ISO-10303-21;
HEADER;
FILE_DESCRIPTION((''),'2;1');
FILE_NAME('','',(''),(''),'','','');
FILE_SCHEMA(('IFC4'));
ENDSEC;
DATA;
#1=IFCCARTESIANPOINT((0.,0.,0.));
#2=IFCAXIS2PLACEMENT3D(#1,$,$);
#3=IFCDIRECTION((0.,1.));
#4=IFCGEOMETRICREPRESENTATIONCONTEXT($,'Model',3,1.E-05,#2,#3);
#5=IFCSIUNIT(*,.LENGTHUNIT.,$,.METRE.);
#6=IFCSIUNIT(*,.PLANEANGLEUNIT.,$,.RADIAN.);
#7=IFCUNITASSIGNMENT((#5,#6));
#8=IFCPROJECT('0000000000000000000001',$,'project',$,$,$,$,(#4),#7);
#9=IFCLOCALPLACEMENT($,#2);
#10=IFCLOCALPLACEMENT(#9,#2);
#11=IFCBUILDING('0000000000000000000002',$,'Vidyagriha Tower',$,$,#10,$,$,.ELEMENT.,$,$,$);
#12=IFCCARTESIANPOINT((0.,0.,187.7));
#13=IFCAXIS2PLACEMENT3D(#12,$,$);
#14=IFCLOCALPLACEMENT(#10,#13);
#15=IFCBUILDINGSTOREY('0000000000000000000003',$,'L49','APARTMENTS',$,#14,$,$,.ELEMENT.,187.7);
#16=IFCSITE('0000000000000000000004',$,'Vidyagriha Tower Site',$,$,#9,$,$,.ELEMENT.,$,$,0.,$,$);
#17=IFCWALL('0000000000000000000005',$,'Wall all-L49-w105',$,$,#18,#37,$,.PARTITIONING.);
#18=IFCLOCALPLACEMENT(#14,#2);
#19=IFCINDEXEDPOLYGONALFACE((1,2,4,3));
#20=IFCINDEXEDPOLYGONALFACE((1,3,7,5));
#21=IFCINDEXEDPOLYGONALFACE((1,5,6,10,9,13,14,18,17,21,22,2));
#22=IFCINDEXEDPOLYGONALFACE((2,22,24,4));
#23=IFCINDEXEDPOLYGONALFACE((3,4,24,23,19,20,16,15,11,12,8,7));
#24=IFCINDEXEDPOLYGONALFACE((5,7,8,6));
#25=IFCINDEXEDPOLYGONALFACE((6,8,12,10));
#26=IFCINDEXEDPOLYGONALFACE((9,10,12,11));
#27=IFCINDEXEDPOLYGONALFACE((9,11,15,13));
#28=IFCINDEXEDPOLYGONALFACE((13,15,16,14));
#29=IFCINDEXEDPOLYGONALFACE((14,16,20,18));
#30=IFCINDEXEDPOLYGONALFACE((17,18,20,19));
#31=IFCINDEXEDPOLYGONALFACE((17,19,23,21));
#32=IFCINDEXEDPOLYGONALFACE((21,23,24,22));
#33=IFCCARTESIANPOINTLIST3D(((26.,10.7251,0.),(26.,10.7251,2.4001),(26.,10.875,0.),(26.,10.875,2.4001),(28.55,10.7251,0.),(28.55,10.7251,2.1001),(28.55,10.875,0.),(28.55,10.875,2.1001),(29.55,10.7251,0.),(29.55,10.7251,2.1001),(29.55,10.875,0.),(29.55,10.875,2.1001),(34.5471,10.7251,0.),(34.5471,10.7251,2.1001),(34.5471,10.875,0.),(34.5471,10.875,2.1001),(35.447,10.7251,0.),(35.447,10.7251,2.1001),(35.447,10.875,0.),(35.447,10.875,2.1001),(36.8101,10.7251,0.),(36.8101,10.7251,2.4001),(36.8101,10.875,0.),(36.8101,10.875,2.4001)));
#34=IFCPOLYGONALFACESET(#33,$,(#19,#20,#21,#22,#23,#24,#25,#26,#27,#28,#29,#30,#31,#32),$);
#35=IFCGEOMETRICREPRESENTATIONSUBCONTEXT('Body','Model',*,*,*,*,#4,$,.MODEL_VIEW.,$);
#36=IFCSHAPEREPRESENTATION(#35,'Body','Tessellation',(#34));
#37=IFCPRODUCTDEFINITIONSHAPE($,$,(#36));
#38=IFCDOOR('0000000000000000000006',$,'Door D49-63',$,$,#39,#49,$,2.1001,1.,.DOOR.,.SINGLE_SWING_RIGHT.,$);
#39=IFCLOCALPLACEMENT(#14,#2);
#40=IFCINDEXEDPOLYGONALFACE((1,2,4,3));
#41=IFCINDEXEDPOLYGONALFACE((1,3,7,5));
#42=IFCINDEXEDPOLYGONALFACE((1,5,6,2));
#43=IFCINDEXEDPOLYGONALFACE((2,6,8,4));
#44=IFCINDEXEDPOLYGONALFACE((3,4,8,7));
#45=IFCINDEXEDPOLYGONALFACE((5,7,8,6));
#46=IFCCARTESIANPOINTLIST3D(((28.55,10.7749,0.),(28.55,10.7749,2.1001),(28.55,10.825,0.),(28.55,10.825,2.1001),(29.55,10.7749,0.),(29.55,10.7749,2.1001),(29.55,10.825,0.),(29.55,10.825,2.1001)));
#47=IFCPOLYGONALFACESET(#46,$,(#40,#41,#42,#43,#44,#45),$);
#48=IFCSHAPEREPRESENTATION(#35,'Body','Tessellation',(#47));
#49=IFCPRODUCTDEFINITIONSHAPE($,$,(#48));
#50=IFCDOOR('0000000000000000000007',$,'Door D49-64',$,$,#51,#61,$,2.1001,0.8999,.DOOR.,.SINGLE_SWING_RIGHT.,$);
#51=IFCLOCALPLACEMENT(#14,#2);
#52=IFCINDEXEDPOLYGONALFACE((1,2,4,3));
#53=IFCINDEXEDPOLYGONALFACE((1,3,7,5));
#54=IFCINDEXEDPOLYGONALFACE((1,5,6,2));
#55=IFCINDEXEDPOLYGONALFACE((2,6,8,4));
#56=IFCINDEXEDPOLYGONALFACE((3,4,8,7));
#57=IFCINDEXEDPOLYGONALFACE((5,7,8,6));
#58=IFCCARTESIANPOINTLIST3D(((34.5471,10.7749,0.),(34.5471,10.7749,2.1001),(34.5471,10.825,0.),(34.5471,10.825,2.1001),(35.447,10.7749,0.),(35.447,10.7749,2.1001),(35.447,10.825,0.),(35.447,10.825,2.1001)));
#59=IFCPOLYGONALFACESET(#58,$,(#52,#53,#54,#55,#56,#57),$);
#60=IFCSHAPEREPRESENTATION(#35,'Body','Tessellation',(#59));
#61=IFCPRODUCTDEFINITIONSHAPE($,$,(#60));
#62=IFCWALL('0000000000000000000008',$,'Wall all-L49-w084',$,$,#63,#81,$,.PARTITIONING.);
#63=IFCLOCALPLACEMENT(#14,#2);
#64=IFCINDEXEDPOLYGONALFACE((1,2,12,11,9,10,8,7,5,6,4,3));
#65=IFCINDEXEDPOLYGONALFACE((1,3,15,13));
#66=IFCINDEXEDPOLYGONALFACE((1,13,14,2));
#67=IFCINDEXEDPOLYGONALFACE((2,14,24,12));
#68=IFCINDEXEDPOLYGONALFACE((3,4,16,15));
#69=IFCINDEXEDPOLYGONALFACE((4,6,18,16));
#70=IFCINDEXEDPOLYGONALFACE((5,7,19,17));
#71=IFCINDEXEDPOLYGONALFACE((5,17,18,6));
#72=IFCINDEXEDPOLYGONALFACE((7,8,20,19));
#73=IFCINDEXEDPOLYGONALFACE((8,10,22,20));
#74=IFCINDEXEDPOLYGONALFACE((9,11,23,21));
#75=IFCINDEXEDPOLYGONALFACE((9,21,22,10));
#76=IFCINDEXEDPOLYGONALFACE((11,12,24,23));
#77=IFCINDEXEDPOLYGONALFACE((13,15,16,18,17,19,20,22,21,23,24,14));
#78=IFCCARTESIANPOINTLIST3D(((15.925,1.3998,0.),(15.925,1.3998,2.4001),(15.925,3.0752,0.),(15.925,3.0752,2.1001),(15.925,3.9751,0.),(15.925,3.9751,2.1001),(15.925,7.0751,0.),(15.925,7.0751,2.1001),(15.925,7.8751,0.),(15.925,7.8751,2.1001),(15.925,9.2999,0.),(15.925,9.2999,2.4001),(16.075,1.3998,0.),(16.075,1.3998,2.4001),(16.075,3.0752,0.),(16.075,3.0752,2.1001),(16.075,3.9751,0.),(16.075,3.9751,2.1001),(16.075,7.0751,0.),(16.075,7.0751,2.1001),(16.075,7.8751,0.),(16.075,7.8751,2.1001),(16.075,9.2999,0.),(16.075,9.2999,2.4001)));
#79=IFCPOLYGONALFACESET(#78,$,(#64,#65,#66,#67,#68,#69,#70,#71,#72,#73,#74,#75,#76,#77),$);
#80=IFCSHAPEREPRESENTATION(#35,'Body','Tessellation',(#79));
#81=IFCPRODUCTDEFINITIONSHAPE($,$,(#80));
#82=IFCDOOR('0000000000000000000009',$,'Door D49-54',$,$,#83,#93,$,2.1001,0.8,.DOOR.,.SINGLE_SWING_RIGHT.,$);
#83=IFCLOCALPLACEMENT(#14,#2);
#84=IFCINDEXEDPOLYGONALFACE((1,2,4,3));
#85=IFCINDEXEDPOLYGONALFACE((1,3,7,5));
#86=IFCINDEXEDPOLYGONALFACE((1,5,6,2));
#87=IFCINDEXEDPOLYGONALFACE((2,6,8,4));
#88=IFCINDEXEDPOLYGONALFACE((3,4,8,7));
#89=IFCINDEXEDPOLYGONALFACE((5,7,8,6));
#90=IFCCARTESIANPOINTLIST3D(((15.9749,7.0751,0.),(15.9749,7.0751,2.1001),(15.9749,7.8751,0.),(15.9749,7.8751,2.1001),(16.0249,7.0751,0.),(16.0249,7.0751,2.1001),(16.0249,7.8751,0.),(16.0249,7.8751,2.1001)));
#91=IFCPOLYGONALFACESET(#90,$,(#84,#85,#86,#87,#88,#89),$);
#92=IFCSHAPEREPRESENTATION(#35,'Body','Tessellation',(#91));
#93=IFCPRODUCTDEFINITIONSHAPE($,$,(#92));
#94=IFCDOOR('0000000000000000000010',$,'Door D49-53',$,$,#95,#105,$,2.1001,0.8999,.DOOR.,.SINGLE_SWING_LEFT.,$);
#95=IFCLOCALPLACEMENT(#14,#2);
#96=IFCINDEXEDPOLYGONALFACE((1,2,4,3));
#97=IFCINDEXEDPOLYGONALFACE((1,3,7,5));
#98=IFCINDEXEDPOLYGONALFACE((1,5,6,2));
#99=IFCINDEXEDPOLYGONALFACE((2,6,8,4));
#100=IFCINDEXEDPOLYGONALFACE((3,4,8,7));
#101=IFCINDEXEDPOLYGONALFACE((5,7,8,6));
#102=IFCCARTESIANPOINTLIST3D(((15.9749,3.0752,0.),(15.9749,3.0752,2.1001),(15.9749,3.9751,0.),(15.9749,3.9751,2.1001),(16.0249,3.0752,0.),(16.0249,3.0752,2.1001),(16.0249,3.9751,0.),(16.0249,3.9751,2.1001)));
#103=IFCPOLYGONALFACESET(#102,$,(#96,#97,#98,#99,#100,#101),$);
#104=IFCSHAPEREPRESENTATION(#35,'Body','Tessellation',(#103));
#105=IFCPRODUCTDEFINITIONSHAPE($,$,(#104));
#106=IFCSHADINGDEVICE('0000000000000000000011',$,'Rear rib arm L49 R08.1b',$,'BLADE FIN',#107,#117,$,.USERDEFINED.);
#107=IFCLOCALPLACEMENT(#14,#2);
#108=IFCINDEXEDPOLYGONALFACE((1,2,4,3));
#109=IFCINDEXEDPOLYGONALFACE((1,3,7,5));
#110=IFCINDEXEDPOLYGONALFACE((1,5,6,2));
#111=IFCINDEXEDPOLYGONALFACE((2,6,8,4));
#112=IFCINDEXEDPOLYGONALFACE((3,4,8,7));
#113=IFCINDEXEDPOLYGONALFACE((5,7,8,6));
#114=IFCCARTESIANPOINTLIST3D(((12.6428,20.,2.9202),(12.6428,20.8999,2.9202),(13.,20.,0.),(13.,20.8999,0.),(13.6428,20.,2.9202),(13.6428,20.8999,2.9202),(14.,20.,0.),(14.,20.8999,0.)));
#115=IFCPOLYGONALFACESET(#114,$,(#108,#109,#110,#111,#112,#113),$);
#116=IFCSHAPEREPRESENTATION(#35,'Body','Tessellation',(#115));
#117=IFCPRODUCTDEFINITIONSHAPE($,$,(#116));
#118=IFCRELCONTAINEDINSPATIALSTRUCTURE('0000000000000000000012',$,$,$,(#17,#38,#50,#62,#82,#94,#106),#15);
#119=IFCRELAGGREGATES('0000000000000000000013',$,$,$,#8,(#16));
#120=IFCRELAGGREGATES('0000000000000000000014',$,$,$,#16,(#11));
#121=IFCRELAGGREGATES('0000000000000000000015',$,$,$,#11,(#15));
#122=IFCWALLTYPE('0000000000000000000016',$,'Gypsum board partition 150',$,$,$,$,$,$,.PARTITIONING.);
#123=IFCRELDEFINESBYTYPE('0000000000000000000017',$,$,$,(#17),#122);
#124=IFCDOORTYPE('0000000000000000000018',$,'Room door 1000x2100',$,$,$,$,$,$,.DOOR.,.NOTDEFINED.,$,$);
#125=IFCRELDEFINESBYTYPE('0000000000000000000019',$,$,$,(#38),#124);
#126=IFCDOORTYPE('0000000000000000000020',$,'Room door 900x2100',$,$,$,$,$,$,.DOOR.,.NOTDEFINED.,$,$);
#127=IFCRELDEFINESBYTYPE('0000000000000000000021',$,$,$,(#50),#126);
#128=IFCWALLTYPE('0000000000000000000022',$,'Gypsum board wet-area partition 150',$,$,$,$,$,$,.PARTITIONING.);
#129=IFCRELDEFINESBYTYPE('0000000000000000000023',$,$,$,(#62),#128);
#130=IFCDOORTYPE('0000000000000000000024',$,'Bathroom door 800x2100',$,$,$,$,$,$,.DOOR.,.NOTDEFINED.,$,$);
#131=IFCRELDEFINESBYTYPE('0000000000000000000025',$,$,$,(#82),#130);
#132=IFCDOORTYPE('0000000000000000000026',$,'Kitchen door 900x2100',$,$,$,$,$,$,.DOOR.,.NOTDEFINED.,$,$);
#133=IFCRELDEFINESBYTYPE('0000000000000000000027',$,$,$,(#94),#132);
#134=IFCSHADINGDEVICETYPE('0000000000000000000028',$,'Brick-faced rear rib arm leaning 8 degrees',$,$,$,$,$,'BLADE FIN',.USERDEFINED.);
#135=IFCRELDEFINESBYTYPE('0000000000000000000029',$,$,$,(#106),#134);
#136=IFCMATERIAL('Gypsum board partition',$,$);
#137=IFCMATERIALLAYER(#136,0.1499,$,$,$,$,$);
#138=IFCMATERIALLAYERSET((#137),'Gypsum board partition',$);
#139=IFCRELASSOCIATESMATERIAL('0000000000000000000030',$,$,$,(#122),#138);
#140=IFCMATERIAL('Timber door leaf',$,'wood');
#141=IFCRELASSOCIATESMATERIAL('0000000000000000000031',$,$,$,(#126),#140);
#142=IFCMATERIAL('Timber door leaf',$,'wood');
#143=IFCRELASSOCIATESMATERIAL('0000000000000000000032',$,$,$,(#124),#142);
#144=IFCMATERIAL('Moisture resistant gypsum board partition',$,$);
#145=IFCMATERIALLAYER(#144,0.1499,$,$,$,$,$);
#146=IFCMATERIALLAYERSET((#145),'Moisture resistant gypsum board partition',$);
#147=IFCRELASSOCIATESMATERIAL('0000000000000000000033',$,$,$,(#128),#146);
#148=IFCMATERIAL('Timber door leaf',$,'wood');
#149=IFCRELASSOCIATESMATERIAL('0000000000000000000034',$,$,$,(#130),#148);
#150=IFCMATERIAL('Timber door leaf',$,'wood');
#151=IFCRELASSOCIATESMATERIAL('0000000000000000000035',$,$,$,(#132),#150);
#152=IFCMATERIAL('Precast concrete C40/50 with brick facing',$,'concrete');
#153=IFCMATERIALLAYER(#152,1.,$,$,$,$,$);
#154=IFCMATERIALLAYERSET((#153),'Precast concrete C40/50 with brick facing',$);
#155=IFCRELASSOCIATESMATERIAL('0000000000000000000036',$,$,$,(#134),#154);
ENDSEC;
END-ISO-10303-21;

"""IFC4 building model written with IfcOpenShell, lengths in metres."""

from ifc_helpers import new_model, si_unit, direction, frame, frame_2d, origin, place, context, subcontext, project, spatial, polyline, rectangle, outline, extrude, material, layer, layer_set, type_object, element, fill, save


model = new_model("IFC4")

# Units and contexts
model_context = context("Model", 3, precision=1e-05, world=origin(), true_north=direction((0.0, 1.0)))
body_context = subcontext(model_context, "Body", "Model", "MODEL_VIEW")
ifc_project = project(units=[si_unit("LENGTHUNIT", "METRE"), si_unit("PLANEANGLEUNIT", "RADIAN")], contexts=[model_context])

# Site, building, storey
site_placement = place(None, origin())
site = spatial("IfcSite", under=ifc_project, at=site_placement, Name="Vidyagriha Tower Site", CompositionType="ELEMENT", RefElevation=0.0)
building_placement = place(site_placement, origin())
building = spatial("IfcBuilding", under=site, at=building_placement, Name="Vidyagriha Tower", CompositionType="ELEMENT")
storey_placement = place(building_placement, frame((0.0, 0.0, 187.7)))
storey = spatial("IfcBuildingStorey", under=building, at=storey_placement, Name="L49", Description="APARTMENTS", CompositionType="ELEMENT", Elevation=187.7)

# Shared definitions
ifc_material_1 = material(Name="Gypsum board partition")
ifc_layer_1 = layer(ifc_material_1, 0.1499)
ifc_layer_set_1 = layer_set([ifc_layer_1], Name="Gypsum board partition")
wall_type_1 = type_object("IfcWallType", Name="Gypsum board partition 150", PredefinedType="PARTITIONING", material=ifc_layer_set_1)

# Shared definitions
ifc_material_2 = material(Name="Timber door leaf", Category="wood")
door_type_1 = type_object("IfcDoorType", Name="Room door 900x2100", OperationType="NOTDEFINED", PredefinedType="DOOR", material=ifc_material_2)
ifc_material_3 = material(Name="Timber door leaf", Category="wood")
door_type_2 = type_object("IfcDoorType", Name="Room door 1000x2100", OperationType="NOTDEFINED", PredefinedType="DOOR", material=ifc_material_3)

# Walls, openings, doors
wall_1_placement = place(storey_placement, frame((26.0, 10.8, 0.0)))
wall_1 = element("IfcWall", 1, at=wall_1_placement, inside=storey, type_object=wall_type_1, Name="Wall all-L49-w105", PredefinedType="PARTITIONING", context=body_context, shape_type="SweptSolid", body=[
    extrude(rectangle(XDim=10.8101, YDim=0.1499, at=frame_2d((5.405, 0.0))), origin(), (0.0, 0.0, 1.0), 2.4001),
])
opening_1_placement = place(wall_1_placement, frame((2.55, 0.0, 0.0)))
opening_1 = element("IfcOpeningElement", 2, at=opening_1_placement, cuts=wall_1, PredefinedType="OPENING", context=body_context, shape_type="SweptSolid", body=[
    extrude(rectangle(XDim=1.0, YDim=2.1001, at=frame_2d((0.5, 1.05))), frame((0.0, 0.085, 0.0), z_axis=(0.0, -1.0, 0.0), x_axis=(1.0, 0.0, 0.0)), (0.0, 0.0, 1.0), 0.1699),
])
opening_2_placement = place(wall_1_placement, frame((8.5471, 0.0, 0.0)))
opening_2 = element("IfcOpeningElement", 3, at=opening_2_placement, cuts=wall_1, PredefinedType="OPENING", context=body_context, shape_type="SweptSolid", body=[
    extrude(rectangle(XDim=0.8999, YDim=2.1001, at=frame_2d((0.45, 1.05))), frame((0.0, 0.085, 0.0), z_axis=(0.0, -1.0, 0.0), x_axis=(1.0, 0.0, 0.0)), (0.0, 0.0, 1.0), 0.1699),
])
door_1_placement = place(opening_1_placement, origin())
door_1 = element("IfcDoor", 4, at=door_1_placement, inside=storey, type_object=door_type_2, Name="Door D49-63", OperationType="SINGLE_SWING_RIGHT", OverallHeight=2.1001, OverallWidth=1.0, PredefinedType="DOOR", context=body_context, shape_type="SweptSolid", body=[
    extrude(rectangle(XDim=1.0, YDim=2.1001, at=frame_2d((0.5, 1.05))), frame((0.0, 0.0249, 0.0), z_axis=(0.0, -1.0, 0.0), x_axis=(1.0, 0.0, 0.0)), (0.0, 0.0, 1.0), 0.05),
])
fill(opening_1, door_1)
door_2_placement = place(opening_2_placement, origin())
door_2 = element("IfcDoor", 5, at=door_2_placement, inside=storey, type_object=door_type_1, Name="Door D49-64", OperationType="SINGLE_SWING_RIGHT", OverallHeight=2.1001, OverallWidth=0.8999, PredefinedType="DOOR", context=body_context, shape_type="SweptSolid", body=[
    extrude(rectangle(XDim=0.8999, YDim=2.1001, at=frame_2d((0.45, 1.05))), frame((0.0, 0.0249, 0.0), z_axis=(0.0, -1.0, 0.0), x_axis=(1.0, 0.0, 0.0)), (0.0, 0.0, 1.0), 0.05),
])
fill(opening_2, door_2)
ifc_material_4 = material(Name="Moisture resistant gypsum board partition")
ifc_layer_2 = layer(ifc_material_4, 0.1499)
ifc_layer_set_2 = layer_set([ifc_layer_2], Name="Moisture resistant gypsum board partition")
wall_type_2 = type_object("IfcWallType", Name="Gypsum board wet-area partition 150", PredefinedType="PARTITIONING", material=ifc_layer_set_2)
wall_2_placement = place(storey_placement, frame((16.0, 9.3, 0.0), z_axis=(0.0, 0.0, 1.0), x_axis=(0.0, -1.0, 0.0)))
wall_2 = element("IfcWall", 6, at=wall_2_placement, inside=storey, type_object=wall_type_2, Name="Wall all-L49-w084", PredefinedType="PARTITIONING", context=body_context, shape_type="SweptSolid", body=[
    extrude(rectangle(XDim=7.9001, YDim=0.1499, at=frame_2d((3.9502, 0.0))), origin(), (0.0, 0.0, 1.0), 2.4001),
])
opening_3_placement = place(wall_2_placement, frame((5.325, 0.0, 0.0)))
opening_3 = element("IfcOpeningElement", 7, at=opening_3_placement, cuts=wall_2, PredefinedType="OPENING", context=body_context, shape_type="SweptSolid", body=[
    extrude(rectangle(XDim=0.8999, YDim=2.1001, at=frame_2d((0.45, 1.05))), frame((0.0, 0.085, 0.0), z_axis=(0.0, -1.0, 0.0), x_axis=(1.0, 0.0, 0.0)), (0.0, 0.0, 1.0), 0.1699),
])
opening_4_placement = place(wall_2_placement, frame((1.425, 0.0, 0.0)))
opening_4 = element("IfcOpeningElement", 8, at=opening_4_placement, cuts=wall_2, PredefinedType="OPENING", context=body_context, shape_type="SweptSolid", body=[
    extrude(rectangle(XDim=0.8, YDim=2.1001, at=frame_2d((0.3999, 1.05))), frame((0.0, 0.085, 0.0), z_axis=(0.0, -1.0, 0.0), x_axis=(1.0, 0.0, 0.0)), (0.0, 0.0, 1.0), 0.1699),
])
ifc_material_5 = material(Name="Timber door leaf", Category="wood")
door_type_3 = type_object("IfcDoorType", Name="Bathroom door 800x2100", OperationType="NOTDEFINED", PredefinedType="DOOR", material=ifc_material_5)
door_3_placement = place(opening_4_placement, origin())
door_3 = element("IfcDoor", 9, at=door_3_placement, inside=storey, type_object=door_type_3, Name="Door D49-54", OperationType="SINGLE_SWING_RIGHT", OverallHeight=2.1001, OverallWidth=0.8, PredefinedType="DOOR", context=body_context, shape_type="SweptSolid", body=[
    extrude(rectangle(XDim=0.8, YDim=2.1001, at=frame_2d((0.3999, 1.05))), frame((0.0, 0.0249, 0.0), z_axis=(0.0, -1.0, 0.0), x_axis=(1.0, 0.0, 0.0)), (0.0, 0.0, 1.0), 0.05),
])
fill(opening_4, door_3)
ifc_material_6 = material(Name="Timber door leaf", Category="wood")
door_type_4 = type_object("IfcDoorType", Name="Kitchen door 900x2100", OperationType="NOTDEFINED", PredefinedType="DOOR", material=ifc_material_6)
door_4_placement = place(opening_3_placement, origin())
door_4 = element("IfcDoor", 10, at=door_4_placement, inside=storey, type_object=door_type_4, Name="Door D49-53", OperationType="SINGLE_SWING_LEFT", OverallHeight=2.1001, OverallWidth=0.8999, PredefinedType="DOOR", context=body_context, shape_type="SweptSolid", body=[
    extrude(rectangle(XDim=0.8999, YDim=2.1001, at=frame_2d((0.45, 1.05))), frame((0.0, 0.0249, 0.0), z_axis=(0.0, -1.0, 0.0), x_axis=(1.0, 0.0, 0.0)), (0.0, 0.0, 1.0), 0.05),
])
fill(opening_3, door_4)

# Shading device
ifc_material_7 = material(Name="Precast concrete C40/50 with brick facing", Category="concrete")
ifc_layer_3 = layer(ifc_material_7, 1.0)
ifc_layer_set_3 = layer_set([ifc_layer_3], Name="Precast concrete C40/50 with brick facing")
shading_device_type = type_object("IfcShadingDeviceType", Name="Brick-faced rear rib arm leaning 8 degrees", ElementType="BLADE FIN", PredefinedType="USERDEFINED", material=ifc_layer_set_3)
shading_device_placement = place(storey_placement, frame((14.0, 20.45, 0.0), z_axis=(0.0, 0.0, 1.0), x_axis=(-1.0, 0.0, 0.0)))
element("IfcShadingDevice", 11, at=shading_device_placement, inside=storey, type_object=shading_device_type, Name="Rear rib arm L49 R08.1b", ObjectType="BLADE FIN", PredefinedType="USERDEFINED", context=body_context, shape_type="SweptSolid", body=[
    extrude(outline(polyline([(0.0, 0.0), (1.0, 0.0), (1.3572, 2.9202), (0.3572, 2.9202), (0.0, 0.0)])), frame((0.0, 0.45, 0.0), z_axis=(0.0, -1.0, 0.0), x_axis=(1.0, 0.0, 0.0)), (0.0, 0.0, 1.0), 0.8999),
])

save(model, "model.ifc")
